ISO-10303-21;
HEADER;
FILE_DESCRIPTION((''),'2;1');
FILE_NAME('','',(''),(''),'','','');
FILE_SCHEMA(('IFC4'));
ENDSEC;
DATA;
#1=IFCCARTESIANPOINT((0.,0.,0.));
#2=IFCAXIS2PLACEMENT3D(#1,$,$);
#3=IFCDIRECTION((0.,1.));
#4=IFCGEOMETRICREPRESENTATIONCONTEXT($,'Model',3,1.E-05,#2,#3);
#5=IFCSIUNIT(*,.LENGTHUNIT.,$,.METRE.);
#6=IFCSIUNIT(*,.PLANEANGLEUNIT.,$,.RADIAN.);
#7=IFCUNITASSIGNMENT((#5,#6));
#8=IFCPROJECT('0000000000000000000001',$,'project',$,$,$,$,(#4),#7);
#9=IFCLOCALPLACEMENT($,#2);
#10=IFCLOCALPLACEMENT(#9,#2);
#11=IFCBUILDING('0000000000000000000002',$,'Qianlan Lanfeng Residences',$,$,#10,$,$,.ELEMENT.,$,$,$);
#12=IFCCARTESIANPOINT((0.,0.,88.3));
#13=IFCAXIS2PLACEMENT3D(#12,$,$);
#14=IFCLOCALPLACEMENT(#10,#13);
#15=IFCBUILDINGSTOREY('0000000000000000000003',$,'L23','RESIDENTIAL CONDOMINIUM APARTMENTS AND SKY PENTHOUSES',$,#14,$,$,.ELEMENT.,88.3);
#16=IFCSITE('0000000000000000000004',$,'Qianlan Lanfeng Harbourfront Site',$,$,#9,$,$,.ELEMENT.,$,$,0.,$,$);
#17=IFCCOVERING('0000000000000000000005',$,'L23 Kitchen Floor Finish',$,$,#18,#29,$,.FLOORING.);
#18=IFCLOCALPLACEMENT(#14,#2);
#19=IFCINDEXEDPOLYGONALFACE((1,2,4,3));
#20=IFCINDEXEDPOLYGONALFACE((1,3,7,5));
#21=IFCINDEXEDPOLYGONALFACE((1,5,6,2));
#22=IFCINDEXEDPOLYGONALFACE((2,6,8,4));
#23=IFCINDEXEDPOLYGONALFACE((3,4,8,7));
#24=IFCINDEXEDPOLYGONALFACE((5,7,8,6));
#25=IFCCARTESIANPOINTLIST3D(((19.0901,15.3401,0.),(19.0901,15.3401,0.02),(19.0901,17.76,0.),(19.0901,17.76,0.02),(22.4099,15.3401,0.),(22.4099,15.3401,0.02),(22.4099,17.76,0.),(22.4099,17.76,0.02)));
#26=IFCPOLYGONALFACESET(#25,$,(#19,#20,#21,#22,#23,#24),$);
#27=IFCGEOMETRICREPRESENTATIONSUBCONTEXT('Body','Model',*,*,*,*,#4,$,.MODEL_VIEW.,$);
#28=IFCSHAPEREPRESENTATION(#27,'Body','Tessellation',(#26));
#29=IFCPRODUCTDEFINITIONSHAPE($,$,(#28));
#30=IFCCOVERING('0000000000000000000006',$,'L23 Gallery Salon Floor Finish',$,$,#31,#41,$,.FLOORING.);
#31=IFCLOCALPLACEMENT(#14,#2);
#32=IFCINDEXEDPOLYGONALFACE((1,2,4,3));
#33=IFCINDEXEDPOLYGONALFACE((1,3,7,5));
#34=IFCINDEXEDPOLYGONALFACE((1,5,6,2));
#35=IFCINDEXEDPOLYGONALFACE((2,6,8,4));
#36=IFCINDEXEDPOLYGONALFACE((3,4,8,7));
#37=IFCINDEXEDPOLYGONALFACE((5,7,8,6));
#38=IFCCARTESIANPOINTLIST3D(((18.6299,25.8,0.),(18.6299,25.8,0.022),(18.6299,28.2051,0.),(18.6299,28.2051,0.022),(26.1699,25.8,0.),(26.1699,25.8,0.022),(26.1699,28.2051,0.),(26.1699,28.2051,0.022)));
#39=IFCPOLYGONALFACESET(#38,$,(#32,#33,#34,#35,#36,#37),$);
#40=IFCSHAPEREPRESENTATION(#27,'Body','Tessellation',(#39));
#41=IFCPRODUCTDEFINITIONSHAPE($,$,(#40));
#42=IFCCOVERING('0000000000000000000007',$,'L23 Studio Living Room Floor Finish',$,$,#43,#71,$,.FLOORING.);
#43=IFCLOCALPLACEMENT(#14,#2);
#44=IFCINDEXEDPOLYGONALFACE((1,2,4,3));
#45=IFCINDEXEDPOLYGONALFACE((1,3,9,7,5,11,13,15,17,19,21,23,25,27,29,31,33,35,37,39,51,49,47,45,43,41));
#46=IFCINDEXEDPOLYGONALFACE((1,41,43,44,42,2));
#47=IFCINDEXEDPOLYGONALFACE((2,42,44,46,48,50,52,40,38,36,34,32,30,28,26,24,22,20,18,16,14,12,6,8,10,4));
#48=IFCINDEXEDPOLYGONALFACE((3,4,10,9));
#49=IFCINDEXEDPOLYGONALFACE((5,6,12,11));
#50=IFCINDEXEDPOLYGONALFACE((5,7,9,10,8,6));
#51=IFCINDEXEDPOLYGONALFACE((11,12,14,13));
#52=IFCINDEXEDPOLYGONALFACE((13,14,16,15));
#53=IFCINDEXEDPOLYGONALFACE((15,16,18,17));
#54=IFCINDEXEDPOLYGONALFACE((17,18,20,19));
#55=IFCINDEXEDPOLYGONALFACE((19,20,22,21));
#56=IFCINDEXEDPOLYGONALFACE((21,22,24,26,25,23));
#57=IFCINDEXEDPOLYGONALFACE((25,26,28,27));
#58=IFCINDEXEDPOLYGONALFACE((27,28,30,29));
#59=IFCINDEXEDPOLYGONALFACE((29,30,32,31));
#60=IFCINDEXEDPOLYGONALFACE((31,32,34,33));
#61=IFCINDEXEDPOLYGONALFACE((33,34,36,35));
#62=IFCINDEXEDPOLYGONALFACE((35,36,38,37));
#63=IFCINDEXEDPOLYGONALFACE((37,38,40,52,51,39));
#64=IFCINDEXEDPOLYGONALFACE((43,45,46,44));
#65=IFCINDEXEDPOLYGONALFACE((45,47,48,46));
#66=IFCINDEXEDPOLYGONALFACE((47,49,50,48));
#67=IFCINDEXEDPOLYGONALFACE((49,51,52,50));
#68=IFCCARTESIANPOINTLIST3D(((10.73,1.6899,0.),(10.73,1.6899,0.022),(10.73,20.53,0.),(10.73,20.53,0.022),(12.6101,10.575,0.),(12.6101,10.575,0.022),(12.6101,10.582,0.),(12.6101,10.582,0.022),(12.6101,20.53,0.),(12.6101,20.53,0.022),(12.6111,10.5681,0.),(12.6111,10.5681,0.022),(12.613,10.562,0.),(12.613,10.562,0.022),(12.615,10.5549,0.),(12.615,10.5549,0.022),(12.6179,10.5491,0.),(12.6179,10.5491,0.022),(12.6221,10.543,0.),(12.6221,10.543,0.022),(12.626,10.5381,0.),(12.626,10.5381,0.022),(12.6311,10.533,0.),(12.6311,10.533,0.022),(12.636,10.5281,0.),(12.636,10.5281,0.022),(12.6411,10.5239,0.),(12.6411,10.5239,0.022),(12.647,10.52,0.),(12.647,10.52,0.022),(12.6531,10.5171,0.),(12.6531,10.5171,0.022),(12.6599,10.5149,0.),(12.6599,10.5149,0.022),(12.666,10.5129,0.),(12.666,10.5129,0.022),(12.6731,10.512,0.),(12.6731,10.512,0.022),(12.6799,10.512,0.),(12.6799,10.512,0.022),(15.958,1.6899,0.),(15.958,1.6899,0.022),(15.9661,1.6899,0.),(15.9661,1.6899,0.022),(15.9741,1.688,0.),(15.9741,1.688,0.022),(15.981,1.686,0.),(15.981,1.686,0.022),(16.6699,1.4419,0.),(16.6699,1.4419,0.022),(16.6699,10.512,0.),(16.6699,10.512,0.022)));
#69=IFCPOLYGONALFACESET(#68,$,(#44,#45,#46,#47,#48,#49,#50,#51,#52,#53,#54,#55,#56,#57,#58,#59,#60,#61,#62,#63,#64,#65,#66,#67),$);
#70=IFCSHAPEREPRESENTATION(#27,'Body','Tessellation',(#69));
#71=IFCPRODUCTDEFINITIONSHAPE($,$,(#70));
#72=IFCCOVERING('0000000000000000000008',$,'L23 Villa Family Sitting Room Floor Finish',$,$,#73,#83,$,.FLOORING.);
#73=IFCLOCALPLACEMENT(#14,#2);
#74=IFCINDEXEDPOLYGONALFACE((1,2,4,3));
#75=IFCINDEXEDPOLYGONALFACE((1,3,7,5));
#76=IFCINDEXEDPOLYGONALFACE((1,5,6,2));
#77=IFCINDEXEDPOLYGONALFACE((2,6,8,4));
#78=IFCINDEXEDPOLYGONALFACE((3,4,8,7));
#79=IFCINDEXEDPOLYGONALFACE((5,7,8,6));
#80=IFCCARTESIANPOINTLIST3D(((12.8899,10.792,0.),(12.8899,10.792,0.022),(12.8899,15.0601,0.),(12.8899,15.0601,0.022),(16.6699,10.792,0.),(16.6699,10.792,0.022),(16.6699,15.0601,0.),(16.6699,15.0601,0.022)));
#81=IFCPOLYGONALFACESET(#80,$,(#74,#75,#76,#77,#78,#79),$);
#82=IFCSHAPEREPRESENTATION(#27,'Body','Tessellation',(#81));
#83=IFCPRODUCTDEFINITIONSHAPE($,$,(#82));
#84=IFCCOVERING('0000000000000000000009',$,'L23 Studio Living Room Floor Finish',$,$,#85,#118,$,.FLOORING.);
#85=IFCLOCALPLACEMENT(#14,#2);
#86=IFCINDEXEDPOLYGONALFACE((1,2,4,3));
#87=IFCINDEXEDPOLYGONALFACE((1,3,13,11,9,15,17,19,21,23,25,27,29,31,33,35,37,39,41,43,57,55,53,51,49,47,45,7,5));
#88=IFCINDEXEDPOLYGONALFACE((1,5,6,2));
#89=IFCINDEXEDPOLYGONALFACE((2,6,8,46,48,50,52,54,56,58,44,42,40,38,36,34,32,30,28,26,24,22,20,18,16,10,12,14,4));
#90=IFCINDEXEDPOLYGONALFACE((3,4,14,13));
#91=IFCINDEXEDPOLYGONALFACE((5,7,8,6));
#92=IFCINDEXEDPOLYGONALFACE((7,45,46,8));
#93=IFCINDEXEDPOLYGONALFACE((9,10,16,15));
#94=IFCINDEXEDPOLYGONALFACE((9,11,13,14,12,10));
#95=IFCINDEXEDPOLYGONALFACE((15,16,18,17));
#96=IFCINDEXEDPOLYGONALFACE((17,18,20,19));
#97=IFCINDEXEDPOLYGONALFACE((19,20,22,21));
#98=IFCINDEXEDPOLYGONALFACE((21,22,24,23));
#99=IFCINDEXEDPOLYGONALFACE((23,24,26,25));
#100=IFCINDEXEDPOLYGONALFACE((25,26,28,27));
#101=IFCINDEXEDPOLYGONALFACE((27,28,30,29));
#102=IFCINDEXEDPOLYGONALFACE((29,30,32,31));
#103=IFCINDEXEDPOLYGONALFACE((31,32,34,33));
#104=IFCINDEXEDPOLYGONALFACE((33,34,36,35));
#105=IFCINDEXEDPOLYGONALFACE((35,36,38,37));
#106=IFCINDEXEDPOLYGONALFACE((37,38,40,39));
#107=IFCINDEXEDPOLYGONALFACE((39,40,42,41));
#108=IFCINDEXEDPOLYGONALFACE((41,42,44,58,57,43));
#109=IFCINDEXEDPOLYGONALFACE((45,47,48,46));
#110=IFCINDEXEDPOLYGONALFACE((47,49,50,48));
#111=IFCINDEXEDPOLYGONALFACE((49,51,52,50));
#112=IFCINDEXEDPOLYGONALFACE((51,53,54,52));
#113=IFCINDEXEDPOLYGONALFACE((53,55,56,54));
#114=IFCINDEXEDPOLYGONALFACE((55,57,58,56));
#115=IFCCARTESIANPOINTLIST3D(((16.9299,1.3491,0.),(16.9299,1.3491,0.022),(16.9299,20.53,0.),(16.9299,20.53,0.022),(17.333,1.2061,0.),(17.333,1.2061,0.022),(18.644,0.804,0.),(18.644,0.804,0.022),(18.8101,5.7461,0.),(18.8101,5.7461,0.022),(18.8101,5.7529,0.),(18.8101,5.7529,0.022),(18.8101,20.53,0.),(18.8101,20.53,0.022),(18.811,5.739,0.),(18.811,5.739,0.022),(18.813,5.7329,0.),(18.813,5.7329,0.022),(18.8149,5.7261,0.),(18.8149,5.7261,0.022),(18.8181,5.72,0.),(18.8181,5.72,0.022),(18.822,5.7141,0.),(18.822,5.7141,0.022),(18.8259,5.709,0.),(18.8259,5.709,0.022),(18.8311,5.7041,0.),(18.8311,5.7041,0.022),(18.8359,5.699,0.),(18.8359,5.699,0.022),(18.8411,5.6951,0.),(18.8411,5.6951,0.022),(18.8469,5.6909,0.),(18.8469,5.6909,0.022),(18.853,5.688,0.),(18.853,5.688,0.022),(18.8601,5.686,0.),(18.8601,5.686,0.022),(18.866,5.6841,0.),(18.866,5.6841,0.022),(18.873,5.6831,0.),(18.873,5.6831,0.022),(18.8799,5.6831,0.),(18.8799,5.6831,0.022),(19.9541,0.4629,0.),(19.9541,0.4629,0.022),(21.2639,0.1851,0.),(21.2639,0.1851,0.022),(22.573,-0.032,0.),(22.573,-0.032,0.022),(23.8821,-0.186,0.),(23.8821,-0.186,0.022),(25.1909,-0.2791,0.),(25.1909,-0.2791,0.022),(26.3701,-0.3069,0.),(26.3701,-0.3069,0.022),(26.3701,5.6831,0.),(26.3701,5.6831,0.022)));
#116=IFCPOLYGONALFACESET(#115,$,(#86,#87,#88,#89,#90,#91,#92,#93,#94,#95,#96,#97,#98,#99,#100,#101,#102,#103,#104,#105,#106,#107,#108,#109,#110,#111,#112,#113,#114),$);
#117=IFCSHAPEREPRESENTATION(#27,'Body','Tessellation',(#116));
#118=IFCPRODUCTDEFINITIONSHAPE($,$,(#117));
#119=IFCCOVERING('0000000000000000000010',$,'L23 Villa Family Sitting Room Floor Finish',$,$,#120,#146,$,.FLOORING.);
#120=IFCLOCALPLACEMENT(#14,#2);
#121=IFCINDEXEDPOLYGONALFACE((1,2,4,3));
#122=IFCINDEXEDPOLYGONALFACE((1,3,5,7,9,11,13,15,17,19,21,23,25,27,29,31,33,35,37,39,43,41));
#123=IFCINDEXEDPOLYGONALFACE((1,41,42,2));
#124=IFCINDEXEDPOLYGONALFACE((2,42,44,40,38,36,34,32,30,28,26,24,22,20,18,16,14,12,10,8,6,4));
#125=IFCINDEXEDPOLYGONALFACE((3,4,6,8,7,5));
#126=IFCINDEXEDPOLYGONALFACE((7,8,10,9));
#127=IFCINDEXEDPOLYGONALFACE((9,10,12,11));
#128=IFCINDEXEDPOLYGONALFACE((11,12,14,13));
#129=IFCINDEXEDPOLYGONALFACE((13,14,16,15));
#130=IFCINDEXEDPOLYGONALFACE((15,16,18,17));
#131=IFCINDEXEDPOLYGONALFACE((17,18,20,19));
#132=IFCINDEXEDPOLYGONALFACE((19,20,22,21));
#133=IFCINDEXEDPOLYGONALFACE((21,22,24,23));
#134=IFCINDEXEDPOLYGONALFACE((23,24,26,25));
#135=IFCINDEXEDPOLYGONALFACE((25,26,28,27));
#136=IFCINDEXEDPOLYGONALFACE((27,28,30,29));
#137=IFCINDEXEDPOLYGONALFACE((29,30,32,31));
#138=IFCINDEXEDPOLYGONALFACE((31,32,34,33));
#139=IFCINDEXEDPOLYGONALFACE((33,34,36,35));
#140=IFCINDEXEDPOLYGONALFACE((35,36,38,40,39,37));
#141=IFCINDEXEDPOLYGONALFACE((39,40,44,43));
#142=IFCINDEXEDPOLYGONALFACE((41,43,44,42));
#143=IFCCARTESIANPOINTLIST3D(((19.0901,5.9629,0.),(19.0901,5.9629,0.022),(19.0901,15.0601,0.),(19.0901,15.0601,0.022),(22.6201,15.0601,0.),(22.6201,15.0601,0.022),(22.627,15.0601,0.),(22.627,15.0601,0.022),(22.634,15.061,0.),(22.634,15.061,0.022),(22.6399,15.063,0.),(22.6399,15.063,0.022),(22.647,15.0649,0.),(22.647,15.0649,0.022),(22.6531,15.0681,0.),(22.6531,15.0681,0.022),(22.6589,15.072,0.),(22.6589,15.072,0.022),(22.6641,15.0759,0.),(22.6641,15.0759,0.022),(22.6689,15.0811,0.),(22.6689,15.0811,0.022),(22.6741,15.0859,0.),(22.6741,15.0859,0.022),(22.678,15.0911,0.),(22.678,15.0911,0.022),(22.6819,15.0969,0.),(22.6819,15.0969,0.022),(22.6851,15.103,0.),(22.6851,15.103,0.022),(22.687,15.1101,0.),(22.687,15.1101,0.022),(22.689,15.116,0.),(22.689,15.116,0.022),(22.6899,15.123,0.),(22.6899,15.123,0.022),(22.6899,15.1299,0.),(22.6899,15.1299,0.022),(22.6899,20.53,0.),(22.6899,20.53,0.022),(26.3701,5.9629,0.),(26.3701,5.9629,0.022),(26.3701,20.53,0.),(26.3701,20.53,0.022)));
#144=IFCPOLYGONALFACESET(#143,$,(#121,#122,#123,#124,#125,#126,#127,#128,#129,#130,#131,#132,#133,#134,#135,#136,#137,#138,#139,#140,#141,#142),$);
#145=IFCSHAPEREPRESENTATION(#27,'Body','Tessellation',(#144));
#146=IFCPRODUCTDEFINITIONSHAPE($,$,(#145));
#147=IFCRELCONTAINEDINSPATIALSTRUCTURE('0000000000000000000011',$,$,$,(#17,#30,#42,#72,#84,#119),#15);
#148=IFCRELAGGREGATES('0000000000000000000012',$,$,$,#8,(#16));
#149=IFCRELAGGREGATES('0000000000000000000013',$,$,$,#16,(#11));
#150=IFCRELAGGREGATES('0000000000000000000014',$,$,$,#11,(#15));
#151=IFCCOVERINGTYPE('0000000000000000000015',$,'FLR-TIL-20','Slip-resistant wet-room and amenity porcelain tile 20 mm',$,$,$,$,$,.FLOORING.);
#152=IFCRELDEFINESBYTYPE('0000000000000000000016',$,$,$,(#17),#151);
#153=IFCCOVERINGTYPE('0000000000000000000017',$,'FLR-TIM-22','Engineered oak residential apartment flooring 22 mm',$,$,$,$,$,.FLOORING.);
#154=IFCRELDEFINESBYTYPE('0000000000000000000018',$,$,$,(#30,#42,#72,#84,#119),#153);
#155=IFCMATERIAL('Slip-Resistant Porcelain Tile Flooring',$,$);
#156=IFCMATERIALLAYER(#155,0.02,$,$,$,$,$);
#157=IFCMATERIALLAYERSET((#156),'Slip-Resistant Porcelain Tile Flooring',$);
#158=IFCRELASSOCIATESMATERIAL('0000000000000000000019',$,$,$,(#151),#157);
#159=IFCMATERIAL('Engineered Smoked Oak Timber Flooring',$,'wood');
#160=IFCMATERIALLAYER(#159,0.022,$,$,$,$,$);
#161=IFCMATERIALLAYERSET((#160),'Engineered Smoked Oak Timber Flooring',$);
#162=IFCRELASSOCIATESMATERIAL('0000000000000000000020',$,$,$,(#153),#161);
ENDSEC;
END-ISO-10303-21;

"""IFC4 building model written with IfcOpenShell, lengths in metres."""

from ifc_helpers import new_model, si_unit, direction, frame, origin, place, context, subcontext, project, spatial, polyline, outline, extrude, material, layer, layer_set, type_object, element, save


model = new_model("IFC4")

# Units and contexts
model_context = context("Model", 3, precision=1e-05, world=origin(), true_north=direction((0.0, 1.0)))
body_context = subcontext(model_context, "Body", "Model", "MODEL_VIEW")
ifc_project = project(units=[si_unit("LENGTHUNIT", "METRE"), si_unit("PLANEANGLEUNIT", "RADIAN")], contexts=[model_context])

# Site, building, storey
site_placement = place(None, origin())
site = spatial("IfcSite", under=ifc_project, at=site_placement, Name="Qianlan Lanfeng Harbourfront Site", CompositionType="ELEMENT", RefElevation=0.0)
building_placement = place(site_placement, origin())
building = spatial("IfcBuilding", under=site, at=building_placement, Name="Qianlan Lanfeng Residences", CompositionType="ELEMENT")
storey_placement = place(building_placement, frame((0.0, 0.0, 88.3)))
storey = spatial("IfcBuildingStorey", under=building, at=storey_placement, Name="L23", Description="RESIDENTIAL CONDOMINIUM APARTMENTS AND SKY PENTHOUSES", CompositionType="ELEMENT", Elevation=88.3)

# Coverings
ifc_material_1 = material(Name="Slip-Resistant Porcelain Tile Flooring")
ifc_layer_1 = layer(ifc_material_1, 0.02)
ifc_layer_set_1 = layer_set([ifc_layer_1], Name="Slip-Resistant Porcelain Tile Flooring")
covering_type_1 = type_object("IfcCoveringType", Name="FLR-TIL-20", Description="Slip-resistant wet-room and amenity porcelain tile 20 mm", PredefinedType="FLOORING", material=ifc_layer_set_1)
covering_1_placement = place(storey_placement, origin())
element("IfcCovering", 1, at=covering_1_placement, inside=storey, type_object=covering_type_1, Name="L23 Kitchen Floor Finish", PredefinedType="FLOORING", context=body_context, shape_type="SweptSolid", body=[
    extrude(outline(polyline([(19.0901, 15.3401), (22.4099, 15.3401), (22.4099, 17.76), (19.0901, 17.76), (19.0901, 15.3401)])), origin(), (0.0, 0.0, 1.0), 0.02),
])
ifc_material_2 = material(Name="Engineered Smoked Oak Timber Flooring", Category="wood")
ifc_layer_2 = layer(ifc_material_2, 0.022)
ifc_layer_set_2 = layer_set([ifc_layer_2], Name="Engineered Smoked Oak Timber Flooring")
covering_type_2 = type_object("IfcCoveringType", Name="FLR-TIM-22", Description="Engineered oak residential apartment flooring 22 mm", PredefinedType="FLOORING", material=ifc_layer_set_2)
covering_2_placement = place(storey_placement, origin())
element("IfcCovering", 2, at=covering_2_placement, inside=storey, type_object=covering_type_2, Name="L23 Gallery Salon Floor Finish", PredefinedType="FLOORING", context=body_context, shape_type="SweptSolid", body=[
    extrude(outline(polyline([(18.6299, 25.8), (26.1699, 25.8), (26.1699, 28.2051), (18.6299, 28.2051), (18.6299, 25.8)])), origin(), (0.0, 0.0, 1.0), 0.022),
])
covering_3_placement = place(storey_placement, origin())
element("IfcCovering", 3, at=covering_3_placement, inside=storey, type_object=covering_type_2, Name="L23 Studio Living Room Floor Finish", PredefinedType="FLOORING", context=body_context, shape_type="SweptSolid", body=[
    extrude(outline(polyline([(16.6699, 1.4419), (16.6699, 10.512), (12.6799, 10.512), (12.6731, 10.512), (12.666, 10.5129), (12.6599, 10.5149), (12.6531, 10.5171), (12.647, 10.52), (12.6411, 10.5239), (12.636, 10.5281), (12.6311, 10.533), (12.626, 10.5381), (12.6221, 10.543), (12.6179, 10.5491), (12.615, 10.5549), (12.613, 10.562), (12.6111, 10.5681), (12.6101, 10.575), (12.6101, 10.582), (12.6101, 20.53), (10.73, 20.53), (10.73, 1.6899), (15.958, 1.6899), (15.9661, 1.6899), (15.9741, 1.688), (15.981, 1.686), (16.6699, 1.4419)])), origin(), (0.0, 0.0, 1.0), 0.022),
])
covering_4_placement = place(storey_placement, origin())
element("IfcCovering", 4, at=covering_4_placement, inside=storey, type_object=covering_type_2, Name="L23 Villa Family Sitting Room Floor Finish", PredefinedType="FLOORING", context=body_context, shape_type="SweptSolid", body=[
    extrude(outline(polyline([(12.8899, 15.0601), (12.8899, 10.792), (16.6699, 10.792), (16.6699, 15.0601), (12.8899, 15.0601)])), origin(), (0.0, 0.0, 1.0), 0.022),
])
covering_5_placement = place(storey_placement, origin())
element("IfcCovering", 5, at=covering_5_placement, inside=storey, type_object=covering_type_2, Name="L23 Studio Living Room Floor Finish", PredefinedType="FLOORING", context=body_context, shape_type="SweptSolid", body=[
    extrude(outline(polyline([(26.3701, -0.3069), (26.3701, 5.6831), (18.8799, 5.6831), (18.873, 5.6831), (18.866, 5.6841), (18.8601, 5.686), (18.853, 5.688), (18.8469, 5.6909), (18.8411, 5.6951), (18.8359, 5.699), (18.8311, 5.7041), (18.8259, 5.709), (18.822, 5.7141), (18.8181, 5.72), (18.8149, 5.7261), (18.813, 5.7329), (18.811, 5.739), (18.8101, 5.7461), (18.8101, 5.7529), (18.8101, 20.53), (16.9299, 20.53), (16.9299, 1.3491), (17.333, 1.2061), (18.644, 0.804), (19.9541, 0.4629), (21.2639, 0.1851), (22.573, -0.032), (23.8821, -0.186), (25.1909, -0.2791), (26.3701, -0.3069)])), origin(), (0.0, 0.0, 1.0), 0.022),
])
covering_6_placement = place(storey_placement, origin())
element("IfcCovering", 6, at=covering_6_placement, inside=storey, type_object=covering_type_2, Name="L23 Villa Family Sitting Room Floor Finish", PredefinedType="FLOORING", context=body_context, shape_type="SweptSolid", body=[
    extrude(outline(polyline([(19.0901, 5.9629), (26.3701, 5.9629), (26.3701, 20.53), (22.6899, 20.53), (22.6899, 15.1299), (22.6899, 15.123), (22.689, 15.116), (22.687, 15.1101), (22.6851, 15.103), (22.6819, 15.0969), (22.678, 15.0911), (22.6741, 15.0859), (22.6689, 15.0811), (22.6641, 15.0759), (22.6589, 15.072), (22.6531, 15.0681), (22.647, 15.0649), (22.6399, 15.063), (22.634, 15.061), (22.627, 15.0601), (22.6201, 15.0601), (19.0901, 15.0601), (19.0901, 5.9629)])), origin(), (0.0, 0.0, 1.0), 0.022),
])

save(model, "model.ifc")
